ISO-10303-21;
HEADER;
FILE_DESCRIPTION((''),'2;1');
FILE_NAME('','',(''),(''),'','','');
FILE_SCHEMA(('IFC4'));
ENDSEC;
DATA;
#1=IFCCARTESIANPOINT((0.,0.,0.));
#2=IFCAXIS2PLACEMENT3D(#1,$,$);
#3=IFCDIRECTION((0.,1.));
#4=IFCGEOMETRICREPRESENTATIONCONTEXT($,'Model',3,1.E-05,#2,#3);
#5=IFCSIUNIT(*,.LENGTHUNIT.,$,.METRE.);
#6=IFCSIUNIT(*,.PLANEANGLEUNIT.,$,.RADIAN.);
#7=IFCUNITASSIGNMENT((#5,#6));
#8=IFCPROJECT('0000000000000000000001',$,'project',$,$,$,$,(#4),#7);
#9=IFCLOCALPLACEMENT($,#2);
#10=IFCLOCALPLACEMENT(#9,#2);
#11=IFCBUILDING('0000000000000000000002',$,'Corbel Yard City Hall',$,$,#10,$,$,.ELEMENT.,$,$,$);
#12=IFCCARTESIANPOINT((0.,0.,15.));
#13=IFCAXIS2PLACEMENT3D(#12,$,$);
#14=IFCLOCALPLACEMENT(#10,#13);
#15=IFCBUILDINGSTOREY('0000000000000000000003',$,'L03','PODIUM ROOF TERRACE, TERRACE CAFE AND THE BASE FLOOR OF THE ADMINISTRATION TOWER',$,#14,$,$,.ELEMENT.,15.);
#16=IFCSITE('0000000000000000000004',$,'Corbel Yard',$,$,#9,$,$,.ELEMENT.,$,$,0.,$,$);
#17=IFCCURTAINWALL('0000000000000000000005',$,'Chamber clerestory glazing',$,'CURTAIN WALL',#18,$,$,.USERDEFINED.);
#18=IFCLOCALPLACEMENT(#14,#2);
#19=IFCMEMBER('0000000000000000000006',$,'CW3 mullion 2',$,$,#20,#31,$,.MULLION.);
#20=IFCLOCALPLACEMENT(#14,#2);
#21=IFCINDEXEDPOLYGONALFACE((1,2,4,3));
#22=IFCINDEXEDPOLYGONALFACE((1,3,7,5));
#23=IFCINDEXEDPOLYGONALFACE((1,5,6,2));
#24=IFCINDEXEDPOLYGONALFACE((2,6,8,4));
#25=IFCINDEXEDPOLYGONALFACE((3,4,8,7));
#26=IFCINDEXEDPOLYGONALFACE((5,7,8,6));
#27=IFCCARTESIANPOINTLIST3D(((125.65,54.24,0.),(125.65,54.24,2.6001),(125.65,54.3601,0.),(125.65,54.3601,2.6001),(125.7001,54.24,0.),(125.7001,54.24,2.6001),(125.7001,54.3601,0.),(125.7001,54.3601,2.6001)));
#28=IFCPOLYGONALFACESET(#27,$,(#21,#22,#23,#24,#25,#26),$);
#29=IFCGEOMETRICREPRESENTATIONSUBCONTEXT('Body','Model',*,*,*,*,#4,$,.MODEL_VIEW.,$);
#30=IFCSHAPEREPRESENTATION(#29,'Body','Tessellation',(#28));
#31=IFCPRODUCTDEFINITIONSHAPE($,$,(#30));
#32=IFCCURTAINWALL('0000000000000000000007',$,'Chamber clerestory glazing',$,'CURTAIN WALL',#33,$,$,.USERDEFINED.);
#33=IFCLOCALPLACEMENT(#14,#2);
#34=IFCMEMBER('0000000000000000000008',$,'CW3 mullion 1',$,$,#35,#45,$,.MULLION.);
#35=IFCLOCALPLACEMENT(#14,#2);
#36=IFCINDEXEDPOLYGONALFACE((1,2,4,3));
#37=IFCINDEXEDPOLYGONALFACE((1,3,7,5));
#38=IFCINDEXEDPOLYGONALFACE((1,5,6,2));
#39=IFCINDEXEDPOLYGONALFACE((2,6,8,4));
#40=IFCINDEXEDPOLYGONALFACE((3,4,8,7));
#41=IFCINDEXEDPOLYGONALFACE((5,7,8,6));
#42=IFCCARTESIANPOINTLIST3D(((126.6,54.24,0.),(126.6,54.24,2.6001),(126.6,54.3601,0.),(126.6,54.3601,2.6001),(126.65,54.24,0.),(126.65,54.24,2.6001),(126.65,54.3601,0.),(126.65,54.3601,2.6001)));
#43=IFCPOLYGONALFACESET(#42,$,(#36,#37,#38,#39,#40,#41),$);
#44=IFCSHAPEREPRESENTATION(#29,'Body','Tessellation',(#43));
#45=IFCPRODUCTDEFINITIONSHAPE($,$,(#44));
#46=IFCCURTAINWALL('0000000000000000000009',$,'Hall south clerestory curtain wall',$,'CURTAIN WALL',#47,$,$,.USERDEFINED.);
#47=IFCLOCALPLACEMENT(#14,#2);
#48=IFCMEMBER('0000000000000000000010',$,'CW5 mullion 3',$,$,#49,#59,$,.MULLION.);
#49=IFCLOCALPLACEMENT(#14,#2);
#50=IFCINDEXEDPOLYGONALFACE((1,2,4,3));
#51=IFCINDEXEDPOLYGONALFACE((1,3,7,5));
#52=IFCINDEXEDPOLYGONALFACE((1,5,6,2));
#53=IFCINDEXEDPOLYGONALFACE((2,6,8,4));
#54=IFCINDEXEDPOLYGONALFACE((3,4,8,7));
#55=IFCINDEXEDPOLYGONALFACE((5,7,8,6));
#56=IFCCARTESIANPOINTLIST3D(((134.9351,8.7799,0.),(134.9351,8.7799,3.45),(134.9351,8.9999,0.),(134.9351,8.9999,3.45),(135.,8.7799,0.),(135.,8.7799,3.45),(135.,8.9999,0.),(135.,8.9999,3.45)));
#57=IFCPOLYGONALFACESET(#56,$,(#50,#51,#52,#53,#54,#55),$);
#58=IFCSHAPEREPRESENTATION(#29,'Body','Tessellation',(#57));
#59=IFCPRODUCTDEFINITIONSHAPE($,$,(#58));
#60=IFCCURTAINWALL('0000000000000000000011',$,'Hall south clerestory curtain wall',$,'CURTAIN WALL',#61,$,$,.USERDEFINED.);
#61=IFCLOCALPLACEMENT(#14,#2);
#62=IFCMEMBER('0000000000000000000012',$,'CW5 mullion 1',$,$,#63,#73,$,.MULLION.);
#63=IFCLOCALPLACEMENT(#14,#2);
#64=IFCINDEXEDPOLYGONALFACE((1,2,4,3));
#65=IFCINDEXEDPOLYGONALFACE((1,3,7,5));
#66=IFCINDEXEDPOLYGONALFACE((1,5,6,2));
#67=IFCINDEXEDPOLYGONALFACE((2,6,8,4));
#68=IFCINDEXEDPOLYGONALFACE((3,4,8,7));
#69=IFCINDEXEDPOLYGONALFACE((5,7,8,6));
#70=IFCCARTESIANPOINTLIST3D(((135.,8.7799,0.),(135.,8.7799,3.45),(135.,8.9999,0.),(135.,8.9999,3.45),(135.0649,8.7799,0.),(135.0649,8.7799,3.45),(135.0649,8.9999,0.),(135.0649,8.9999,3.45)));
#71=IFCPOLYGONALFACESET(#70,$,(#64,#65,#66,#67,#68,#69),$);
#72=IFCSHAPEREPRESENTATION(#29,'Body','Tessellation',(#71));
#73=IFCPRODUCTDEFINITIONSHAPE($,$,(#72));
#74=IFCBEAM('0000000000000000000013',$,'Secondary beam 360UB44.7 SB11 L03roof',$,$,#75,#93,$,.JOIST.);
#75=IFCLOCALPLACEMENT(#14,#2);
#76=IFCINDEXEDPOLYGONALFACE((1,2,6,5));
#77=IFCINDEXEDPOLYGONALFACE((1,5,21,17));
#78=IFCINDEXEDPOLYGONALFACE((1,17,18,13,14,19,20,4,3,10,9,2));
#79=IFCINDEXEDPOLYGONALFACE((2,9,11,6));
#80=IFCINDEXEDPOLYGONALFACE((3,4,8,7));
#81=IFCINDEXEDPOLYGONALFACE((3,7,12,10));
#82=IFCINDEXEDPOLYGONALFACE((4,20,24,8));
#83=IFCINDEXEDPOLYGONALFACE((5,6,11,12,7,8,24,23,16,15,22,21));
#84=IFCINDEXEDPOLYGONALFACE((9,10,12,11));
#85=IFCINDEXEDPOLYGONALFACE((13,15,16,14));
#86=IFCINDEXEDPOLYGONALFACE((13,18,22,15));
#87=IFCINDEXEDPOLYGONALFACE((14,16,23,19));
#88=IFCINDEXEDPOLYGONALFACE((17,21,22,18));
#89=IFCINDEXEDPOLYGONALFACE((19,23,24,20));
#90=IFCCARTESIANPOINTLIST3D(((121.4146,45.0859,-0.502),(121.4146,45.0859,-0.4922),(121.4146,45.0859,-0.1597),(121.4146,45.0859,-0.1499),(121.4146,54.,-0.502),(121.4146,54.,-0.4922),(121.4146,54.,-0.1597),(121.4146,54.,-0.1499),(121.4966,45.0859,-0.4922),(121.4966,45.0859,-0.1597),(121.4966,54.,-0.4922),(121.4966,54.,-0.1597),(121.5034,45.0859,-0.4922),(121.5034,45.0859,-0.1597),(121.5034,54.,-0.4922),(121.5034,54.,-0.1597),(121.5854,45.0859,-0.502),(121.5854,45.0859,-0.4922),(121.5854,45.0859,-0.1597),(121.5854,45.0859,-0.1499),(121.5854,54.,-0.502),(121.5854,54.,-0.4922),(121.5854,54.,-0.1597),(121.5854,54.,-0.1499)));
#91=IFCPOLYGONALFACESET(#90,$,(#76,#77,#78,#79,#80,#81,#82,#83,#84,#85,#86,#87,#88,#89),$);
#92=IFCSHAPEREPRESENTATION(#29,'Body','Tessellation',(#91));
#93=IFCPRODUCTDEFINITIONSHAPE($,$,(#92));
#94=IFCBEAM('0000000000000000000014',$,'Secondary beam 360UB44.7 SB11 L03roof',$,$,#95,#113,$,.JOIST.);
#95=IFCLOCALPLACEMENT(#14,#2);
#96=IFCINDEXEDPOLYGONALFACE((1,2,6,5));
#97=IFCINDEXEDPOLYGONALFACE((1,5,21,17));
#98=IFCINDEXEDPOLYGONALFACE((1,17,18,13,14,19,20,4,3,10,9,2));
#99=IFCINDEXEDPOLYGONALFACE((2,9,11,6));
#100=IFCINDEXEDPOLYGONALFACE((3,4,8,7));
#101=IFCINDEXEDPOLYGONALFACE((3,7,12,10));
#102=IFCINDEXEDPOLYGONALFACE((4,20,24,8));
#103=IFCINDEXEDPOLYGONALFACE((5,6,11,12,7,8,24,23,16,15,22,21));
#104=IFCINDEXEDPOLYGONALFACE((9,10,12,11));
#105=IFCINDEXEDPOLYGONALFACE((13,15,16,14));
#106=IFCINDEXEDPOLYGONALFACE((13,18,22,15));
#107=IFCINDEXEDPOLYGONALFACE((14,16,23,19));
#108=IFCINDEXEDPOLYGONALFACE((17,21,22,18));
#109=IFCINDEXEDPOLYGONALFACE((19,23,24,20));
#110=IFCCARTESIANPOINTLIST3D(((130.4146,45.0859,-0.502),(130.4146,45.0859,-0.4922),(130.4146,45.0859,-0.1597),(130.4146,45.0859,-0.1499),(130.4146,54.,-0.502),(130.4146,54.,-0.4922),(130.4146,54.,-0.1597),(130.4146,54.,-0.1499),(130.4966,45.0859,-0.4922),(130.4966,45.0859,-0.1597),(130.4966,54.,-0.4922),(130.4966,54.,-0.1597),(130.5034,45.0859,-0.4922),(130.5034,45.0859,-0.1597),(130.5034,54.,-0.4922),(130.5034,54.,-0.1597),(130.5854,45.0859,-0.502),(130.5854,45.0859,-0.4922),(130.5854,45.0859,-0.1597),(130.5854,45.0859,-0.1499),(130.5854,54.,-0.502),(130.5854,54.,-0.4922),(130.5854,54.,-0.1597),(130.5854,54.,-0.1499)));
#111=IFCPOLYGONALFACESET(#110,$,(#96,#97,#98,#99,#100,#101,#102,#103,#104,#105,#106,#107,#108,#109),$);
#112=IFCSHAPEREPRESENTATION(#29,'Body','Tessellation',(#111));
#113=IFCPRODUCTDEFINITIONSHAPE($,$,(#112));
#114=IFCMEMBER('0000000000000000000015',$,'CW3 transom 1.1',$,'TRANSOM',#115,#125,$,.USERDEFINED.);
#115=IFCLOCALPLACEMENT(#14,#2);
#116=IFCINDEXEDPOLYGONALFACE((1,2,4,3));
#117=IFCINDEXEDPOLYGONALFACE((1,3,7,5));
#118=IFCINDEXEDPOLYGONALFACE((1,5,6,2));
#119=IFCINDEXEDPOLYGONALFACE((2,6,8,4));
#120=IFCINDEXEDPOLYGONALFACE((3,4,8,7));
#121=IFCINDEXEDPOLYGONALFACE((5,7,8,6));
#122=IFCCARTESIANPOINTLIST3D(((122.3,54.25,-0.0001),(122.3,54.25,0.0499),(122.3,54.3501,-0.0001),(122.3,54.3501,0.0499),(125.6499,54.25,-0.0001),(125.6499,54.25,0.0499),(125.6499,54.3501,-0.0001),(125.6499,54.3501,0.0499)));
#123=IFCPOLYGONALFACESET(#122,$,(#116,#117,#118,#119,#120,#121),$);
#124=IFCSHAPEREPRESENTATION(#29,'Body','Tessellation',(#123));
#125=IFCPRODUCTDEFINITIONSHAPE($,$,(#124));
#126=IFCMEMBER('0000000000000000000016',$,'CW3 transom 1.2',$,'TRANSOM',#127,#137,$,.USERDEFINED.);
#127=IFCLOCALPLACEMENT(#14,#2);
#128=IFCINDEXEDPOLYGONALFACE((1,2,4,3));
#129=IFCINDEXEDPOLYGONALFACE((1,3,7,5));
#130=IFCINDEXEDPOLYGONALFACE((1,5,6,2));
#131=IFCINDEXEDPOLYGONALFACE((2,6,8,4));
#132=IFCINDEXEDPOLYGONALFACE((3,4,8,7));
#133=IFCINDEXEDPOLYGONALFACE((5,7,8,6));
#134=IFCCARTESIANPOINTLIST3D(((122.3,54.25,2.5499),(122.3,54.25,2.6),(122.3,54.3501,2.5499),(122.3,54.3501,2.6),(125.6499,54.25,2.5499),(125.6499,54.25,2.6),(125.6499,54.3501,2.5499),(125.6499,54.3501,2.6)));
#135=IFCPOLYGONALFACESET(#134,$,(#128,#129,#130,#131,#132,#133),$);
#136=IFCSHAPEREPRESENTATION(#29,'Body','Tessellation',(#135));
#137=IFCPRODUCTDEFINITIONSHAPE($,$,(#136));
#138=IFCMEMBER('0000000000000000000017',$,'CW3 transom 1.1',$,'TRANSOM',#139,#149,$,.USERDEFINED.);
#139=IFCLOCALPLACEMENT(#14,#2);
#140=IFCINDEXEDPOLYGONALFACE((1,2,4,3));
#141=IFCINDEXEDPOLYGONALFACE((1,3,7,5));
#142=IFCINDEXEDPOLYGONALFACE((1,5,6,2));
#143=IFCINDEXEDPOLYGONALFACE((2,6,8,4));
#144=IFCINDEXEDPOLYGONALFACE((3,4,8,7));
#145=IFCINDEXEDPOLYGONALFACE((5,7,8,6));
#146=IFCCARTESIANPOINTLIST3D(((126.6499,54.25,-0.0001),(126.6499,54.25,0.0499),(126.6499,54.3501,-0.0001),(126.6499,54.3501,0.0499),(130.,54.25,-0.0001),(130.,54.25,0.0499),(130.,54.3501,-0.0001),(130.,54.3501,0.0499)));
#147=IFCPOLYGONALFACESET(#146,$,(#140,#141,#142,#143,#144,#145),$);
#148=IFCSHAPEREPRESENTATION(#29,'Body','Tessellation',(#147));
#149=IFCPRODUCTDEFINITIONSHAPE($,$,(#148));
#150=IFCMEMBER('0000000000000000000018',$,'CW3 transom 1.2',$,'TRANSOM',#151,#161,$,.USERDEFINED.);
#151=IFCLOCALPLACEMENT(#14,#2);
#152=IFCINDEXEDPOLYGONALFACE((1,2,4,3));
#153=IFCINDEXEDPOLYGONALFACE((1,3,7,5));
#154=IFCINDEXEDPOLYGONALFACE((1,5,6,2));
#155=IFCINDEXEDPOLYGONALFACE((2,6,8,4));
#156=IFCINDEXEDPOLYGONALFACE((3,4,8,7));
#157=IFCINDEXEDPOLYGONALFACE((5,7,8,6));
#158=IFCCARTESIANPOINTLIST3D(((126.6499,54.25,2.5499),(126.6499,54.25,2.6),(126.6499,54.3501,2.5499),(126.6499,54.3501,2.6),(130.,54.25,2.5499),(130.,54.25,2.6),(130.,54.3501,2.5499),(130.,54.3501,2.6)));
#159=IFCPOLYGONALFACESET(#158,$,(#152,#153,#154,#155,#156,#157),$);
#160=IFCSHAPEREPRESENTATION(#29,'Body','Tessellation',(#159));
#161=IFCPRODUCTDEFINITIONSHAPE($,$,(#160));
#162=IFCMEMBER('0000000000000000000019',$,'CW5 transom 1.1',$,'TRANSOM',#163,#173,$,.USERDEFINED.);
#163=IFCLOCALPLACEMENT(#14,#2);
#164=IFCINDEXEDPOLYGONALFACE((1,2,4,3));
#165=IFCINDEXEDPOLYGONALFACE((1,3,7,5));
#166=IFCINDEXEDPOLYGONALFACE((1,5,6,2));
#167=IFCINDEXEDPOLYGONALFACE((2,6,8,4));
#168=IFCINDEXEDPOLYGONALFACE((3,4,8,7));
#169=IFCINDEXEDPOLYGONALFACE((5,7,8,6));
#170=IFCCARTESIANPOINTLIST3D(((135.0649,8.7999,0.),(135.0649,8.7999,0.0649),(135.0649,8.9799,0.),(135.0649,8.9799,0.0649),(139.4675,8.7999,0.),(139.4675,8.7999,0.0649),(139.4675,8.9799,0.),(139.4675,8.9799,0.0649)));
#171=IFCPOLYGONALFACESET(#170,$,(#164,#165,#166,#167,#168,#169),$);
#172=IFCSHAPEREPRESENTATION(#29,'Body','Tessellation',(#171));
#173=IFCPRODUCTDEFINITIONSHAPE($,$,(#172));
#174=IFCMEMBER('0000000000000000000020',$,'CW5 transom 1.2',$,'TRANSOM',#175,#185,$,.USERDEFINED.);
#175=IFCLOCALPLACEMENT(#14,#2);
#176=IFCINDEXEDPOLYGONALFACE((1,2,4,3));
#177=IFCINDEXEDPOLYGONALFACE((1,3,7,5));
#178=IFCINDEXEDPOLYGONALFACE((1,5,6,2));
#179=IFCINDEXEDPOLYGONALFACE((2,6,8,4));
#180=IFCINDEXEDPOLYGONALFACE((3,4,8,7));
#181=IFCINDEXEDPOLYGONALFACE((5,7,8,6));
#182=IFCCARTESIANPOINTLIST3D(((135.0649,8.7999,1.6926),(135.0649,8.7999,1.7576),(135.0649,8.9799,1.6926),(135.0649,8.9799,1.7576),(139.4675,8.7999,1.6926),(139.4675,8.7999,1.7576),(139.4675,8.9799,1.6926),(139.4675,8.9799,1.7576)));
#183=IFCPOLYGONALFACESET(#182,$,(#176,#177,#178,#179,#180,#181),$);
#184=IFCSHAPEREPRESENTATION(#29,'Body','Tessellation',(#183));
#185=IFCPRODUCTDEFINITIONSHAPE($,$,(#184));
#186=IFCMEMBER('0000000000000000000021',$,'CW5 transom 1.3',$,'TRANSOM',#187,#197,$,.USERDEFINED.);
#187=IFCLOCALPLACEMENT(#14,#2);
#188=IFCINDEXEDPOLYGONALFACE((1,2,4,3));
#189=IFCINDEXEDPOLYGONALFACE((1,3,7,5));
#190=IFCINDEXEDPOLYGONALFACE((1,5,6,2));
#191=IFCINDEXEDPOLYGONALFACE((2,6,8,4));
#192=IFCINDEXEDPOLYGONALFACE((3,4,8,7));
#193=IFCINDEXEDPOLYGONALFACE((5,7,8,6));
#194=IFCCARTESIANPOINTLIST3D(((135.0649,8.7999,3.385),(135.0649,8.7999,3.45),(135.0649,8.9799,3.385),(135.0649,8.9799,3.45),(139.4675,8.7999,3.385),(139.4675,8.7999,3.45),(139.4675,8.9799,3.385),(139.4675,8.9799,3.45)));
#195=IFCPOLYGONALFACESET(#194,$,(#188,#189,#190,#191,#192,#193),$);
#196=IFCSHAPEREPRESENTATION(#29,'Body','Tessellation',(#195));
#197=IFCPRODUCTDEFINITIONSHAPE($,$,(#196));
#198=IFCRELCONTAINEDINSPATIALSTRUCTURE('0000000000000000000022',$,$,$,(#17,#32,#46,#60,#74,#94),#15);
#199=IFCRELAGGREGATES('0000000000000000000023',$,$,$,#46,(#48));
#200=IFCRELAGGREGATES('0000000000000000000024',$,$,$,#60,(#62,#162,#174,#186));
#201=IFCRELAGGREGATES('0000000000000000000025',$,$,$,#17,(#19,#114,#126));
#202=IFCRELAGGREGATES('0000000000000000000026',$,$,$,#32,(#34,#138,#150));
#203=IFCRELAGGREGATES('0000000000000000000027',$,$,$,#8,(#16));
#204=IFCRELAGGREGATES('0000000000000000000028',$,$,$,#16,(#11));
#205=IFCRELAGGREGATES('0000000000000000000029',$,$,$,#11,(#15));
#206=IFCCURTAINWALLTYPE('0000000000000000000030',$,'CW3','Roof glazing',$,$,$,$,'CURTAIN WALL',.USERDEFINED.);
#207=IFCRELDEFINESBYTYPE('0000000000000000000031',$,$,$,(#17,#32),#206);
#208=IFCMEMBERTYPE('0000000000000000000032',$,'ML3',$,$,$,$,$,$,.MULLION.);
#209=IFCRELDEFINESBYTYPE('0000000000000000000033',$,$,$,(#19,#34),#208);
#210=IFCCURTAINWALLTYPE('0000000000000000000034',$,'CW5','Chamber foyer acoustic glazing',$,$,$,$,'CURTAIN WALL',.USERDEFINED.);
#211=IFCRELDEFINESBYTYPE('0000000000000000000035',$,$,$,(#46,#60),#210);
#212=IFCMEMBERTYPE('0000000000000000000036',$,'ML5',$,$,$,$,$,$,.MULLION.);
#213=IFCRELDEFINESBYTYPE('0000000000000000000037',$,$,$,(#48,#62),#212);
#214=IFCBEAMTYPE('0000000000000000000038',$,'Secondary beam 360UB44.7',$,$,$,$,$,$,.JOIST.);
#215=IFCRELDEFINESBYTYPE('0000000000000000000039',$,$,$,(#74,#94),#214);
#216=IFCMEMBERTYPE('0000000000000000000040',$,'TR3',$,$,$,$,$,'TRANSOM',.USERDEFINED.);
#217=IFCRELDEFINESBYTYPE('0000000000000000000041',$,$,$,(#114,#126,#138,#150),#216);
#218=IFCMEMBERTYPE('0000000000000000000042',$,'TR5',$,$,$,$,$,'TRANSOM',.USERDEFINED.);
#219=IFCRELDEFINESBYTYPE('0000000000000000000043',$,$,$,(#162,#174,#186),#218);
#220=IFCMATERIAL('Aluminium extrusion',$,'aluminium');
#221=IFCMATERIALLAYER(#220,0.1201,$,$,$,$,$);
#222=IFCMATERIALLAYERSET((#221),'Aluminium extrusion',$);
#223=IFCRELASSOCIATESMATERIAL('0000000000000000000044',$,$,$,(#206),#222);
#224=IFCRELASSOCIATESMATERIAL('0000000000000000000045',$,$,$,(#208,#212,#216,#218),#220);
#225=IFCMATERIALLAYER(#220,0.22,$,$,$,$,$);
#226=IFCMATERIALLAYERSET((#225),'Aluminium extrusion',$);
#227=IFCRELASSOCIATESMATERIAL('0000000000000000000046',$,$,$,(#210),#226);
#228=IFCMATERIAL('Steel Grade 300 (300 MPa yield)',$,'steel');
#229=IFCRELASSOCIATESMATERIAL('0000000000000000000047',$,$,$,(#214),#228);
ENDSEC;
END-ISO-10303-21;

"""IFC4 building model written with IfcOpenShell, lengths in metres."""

from ifc_helpers import new_model, si_unit, direction, frame, origin, origin_2d, place, context, subcontext, project, spatial, rectangle, i_section, extrude, material, layer, layer_set, material_profile, profile_set, type_object, element, aggregate, save


model = new_model("IFC4")

# Units and contexts
model_context = context("Model", 3, precision=1e-05, world=origin(), true_north=direction((0.0, 1.0)))
body_context = subcontext(model_context, "Body", "Model", "MODEL_VIEW")
ifc_project = project(units=[si_unit("LENGTHUNIT", "METRE"), si_unit("PLANEANGLEUNIT", "RADIAN")], contexts=[model_context])

# Site, building, storey
site_placement = place(None, origin())
site = spatial("IfcSite", under=ifc_project, at=site_placement, Name="Corbel Yard", CompositionType="ELEMENT", RefElevation=0.0)
building_placement = place(site_placement, origin())
building = spatial("IfcBuilding", under=site, at=building_placement, Name="Corbel Yard City Hall", CompositionType="ELEMENT")
storey_placement = place(building_placement, frame((0.0, 0.0, 15.0)))
storey = spatial("IfcBuildingStorey", under=building, at=storey_placement, Name="L03", Description="PODIUM ROOF TERRACE, TERRACE CAFE AND THE BASE FLOOR OF THE ADMINISTRATION TOWER", CompositionType="ELEMENT", Elevation=15.0)

# Shared definitions
ifc_material_1 = material(Name="Steel Grade 300 (300 MPa yield)", Category="steel")

# Shared definitions
ifc_material_2 = material(Name="Aluminium extrusion", Category="aluminium")
ifc_layer_1 = layer(ifc_material_2, 0.1201)
ifc_layer_set_1 = layer_set([ifc_layer_1], Name="Aluminium extrusion")
curtain_wall_type_1 = type_object("IfcCurtainWallType", Name="CW3", Description="Roof glazing", ElementType="CURTAIN WALL", PredefinedType="USERDEFINED", material=ifc_layer_set_1)
ifc_material_profile_1 = material_profile(ifc_material_2, rectangle(XDim=0.1201, YDim=0.05, at=origin_2d()), Name="120x50")
ifc_profile_set_1 = profile_set([ifc_material_profile_1], Name="Aluminium extrusion")
member_type_1 = type_object("IfcMemberType", Name="ML3", PredefinedType="MULLION", material=ifc_profile_set_1)

# Curtain wall, member
curtain_wall_1_placement = place(storey_placement, origin())
curtain_wall_1 = element("IfcCurtainWall", 1, at=curtain_wall_1_placement, inside=storey, type_object=curtain_wall_type_1, Name="Chamber clerestory glazing", ObjectType="CURTAIN WALL", PredefinedType="USERDEFINED")
member_1_placement = place(storey_placement, frame((125.675, 54.3, 0.0), z_axis=(0.0, 0.0, 1.0), x_axis=(0.0, 1.0, 0.0)))
member_1 = element("IfcMember", 2, at=member_1_placement, type_object=member_type_1, Name="CW3 mullion 2", PredefinedType="MULLION", context=body_context, shape_type="SweptSolid", body=[
    extrude(rectangle(XDim=0.1201, YDim=0.05, at=origin_2d()), origin(), (0.0, 0.0, 1.0), 2.6001),
])

# Curtain walls, members
curtain_wall_2_placement = place(storey_placement, origin())
curtain_wall_2 = element("IfcCurtainWall", 3, at=curtain_wall_2_placement, inside=storey, type_object=curtain_wall_type_1, Name="Chamber clerestory glazing", ObjectType="CURTAIN WALL", PredefinedType="USERDEFINED")
member_2_placement = place(storey_placement, frame((126.625, 54.3, 0.0), z_axis=(0.0, 0.0, 1.0), x_axis=(0.0, 1.0, 0.0)))
member_2 = element("IfcMember", 4, at=member_2_placement, type_object=member_type_1, Name="CW3 mullion 1", PredefinedType="MULLION", context=body_context, shape_type="SweptSolid", body=[
    extrude(rectangle(XDim=0.1201, YDim=0.05, at=origin_2d()), origin(), (0.0, 0.0, 1.0), 2.6001),
])
ifc_layer_2 = layer(ifc_material_2, 0.22)
ifc_layer_set_2 = layer_set([ifc_layer_2], Name="Aluminium extrusion")
curtain_wall_type_2 = type_object("IfcCurtainWallType", Name="CW5", Description="Chamber foyer acoustic glazing", ElementType="CURTAIN WALL", PredefinedType="USERDEFINED", material=ifc_layer_set_2)
curtain_wall_3_placement = place(storey_placement, origin())
curtain_wall_3 = element("IfcCurtainWall", 5, at=curtain_wall_3_placement, inside=storey, type_object=curtain_wall_type_2, Name="Hall south clerestory curtain wall", ObjectType="CURTAIN WALL", PredefinedType="USERDEFINED")
ifc_material_profile_2 = material_profile(ifc_material_2, rectangle(XDim=0.22, YDim=0.0649, at=origin_2d()), Name="220x65")
ifc_profile_set_2 = profile_set([ifc_material_profile_2], Name="Aluminium extrusion")
member_type_2 = type_object("IfcMemberType", Name="ML5", PredefinedType="MULLION", material=ifc_profile_set_2)
member_3_placement = place(storey_placement, frame((134.9675, 8.8899, 0.0), z_axis=(0.0, 0.0, 1.0), x_axis=(0.0, 1.0, 0.0)))
member_3 = element("IfcMember", 6, at=member_3_placement, type_object=member_type_2, Name="CW5 mullion 3", PredefinedType="MULLION", context=body_context, shape_type="SweptSolid", body=[
    extrude(rectangle(XDim=0.22, YDim=0.0649, at=origin_2d()), origin(), (0.0, 0.0, 1.0), 3.45),
])
aggregate(curtain_wall_3, [member_3])
curtain_wall_4_placement = place(storey_placement, origin())
curtain_wall_4 = element("IfcCurtainWall", 7, at=curtain_wall_4_placement, inside=storey, type_object=curtain_wall_type_2, Name="Hall south clerestory curtain wall", ObjectType="CURTAIN WALL", PredefinedType="USERDEFINED")
member_4_placement = place(storey_placement, frame((135.0325, 8.8899, 0.0), z_axis=(0.0, 0.0, 1.0), x_axis=(0.0, 1.0, 0.0)))
member_4 = element("IfcMember", 8, at=member_4_placement, type_object=member_type_2, Name="CW5 mullion 1", PredefinedType="MULLION", context=body_context, shape_type="SweptSolid", body=[
    extrude(rectangle(XDim=0.22, YDim=0.0649, at=origin_2d()), origin(), (0.0, 0.0, 1.0), 3.45),
])

# Beams
ifc_material_profile_3 = material_profile(ifc_material_1, i_section(OverallWidth=0.1709, OverallDepth=0.3521, WebThickness=0.0068, FlangeThickness=0.0098, at=origin_2d()), Name="360UB44.7")
ifc_profile_set_3 = profile_set([ifc_material_profile_3], Name="Steel Grade 300 (300 MPa yield)")
beam_type_1 = type_object("IfcBeamType", Name="Secondary beam 360UB44.7", PredefinedType="JOIST", material=ifc_profile_set_3)
for number, where, z_axis, x_axis, name in (
    (9, (121.5, 45.0859, -0.3259), (0.0, 1.0, 0.0), (-1.0, 0.0, 0.0), "Secondary beam 360UB44.7 SB11 L03roof"),
    (10, (130.5, 45.0859, -0.3259), (0.0, 1.0, 0.0), (-1.0, 0.0, 0.0), "Secondary beam 360UB44.7 SB11 L03roof"),
):
    element("IfcBeam", number, at=place(storey_placement, frame(where, z_axis=z_axis, x_axis=x_axis)), inside=storey, type_object=beam_type_1, Name=name, PredefinedType="JOIST", context=body_context, shape_type="SweptSolid", body=[
        extrude(i_section(OverallWidth=0.1709, OverallDepth=0.3521, WebThickness=0.0068, FlangeThickness=0.0098, at=origin_2d()), origin(), (0.0, 0.0, 1.0), 8.9141),
    ])

# Members
ifc_material_profile_4 = material_profile(ifc_material_2, rectangle(XDim=0.1001, YDim=0.05, at=origin_2d()), Name="100x50")
ifc_profile_set_4 = profile_set([ifc_material_profile_4], Name="Aluminium extrusion")
member_type_3 = type_object("IfcMemberType", Name="TR3", ElementType="TRANSOM", PredefinedType="USERDEFINED", material=ifc_profile_set_4)
member_5_placement = place(storey_placement, frame((122.3, 54.3, 0.0249), z_axis=(1.0, 0.0, 0.0), x_axis=(0.0, 1.0, 0.0)))
member_5 = element("IfcMember", 11, at=member_5_placement, type_object=member_type_3, Name="CW3 transom 1.1", ObjectType="TRANSOM", PredefinedType="USERDEFINED", context=body_context, shape_type="SweptSolid", body=[
    extrude(rectangle(XDim=0.1001, YDim=0.05, at=origin_2d()), origin(), (0.0, 0.0, 1.0), 3.3499),
])
member_6_placement = place(storey_placement, frame((122.3, 54.3, 2.575), z_axis=(1.0, 0.0, 0.0), x_axis=(0.0, 1.0, 0.0)))
member_6 = element("IfcMember", 12, at=member_6_placement, type_object=member_type_3, Name="CW3 transom 1.2", ObjectType="TRANSOM", PredefinedType="USERDEFINED", context=body_context, shape_type="SweptSolid", body=[
    extrude(rectangle(XDim=0.1001, YDim=0.05, at=origin_2d()), origin(), (0.0, 0.0, 1.0), 3.3499),
])
member_7_placement = place(storey_placement, frame((126.6499, 54.3, 0.0249), z_axis=(1.0, 0.0, 0.0), x_axis=(0.0, 1.0, 0.0)))
member_7 = element("IfcMember", 13, at=member_7_placement, type_object=member_type_3, Name="CW3 transom 1.1", ObjectType="TRANSOM", PredefinedType="USERDEFINED", context=body_context, shape_type="SweptSolid", body=[
    extrude(rectangle(XDim=0.1001, YDim=0.05, at=origin_2d()), origin(), (0.0, 0.0, 1.0), 3.3501),
])
member_8_placement = place(storey_placement, frame((126.6499, 54.3, 2.575), z_axis=(1.0, 0.0, 0.0), x_axis=(0.0, 1.0, 0.0)))
member_8 = element("IfcMember", 14, at=member_8_placement, type_object=member_type_3, Name="CW3 transom 1.2", ObjectType="TRANSOM", PredefinedType="USERDEFINED", context=body_context, shape_type="SweptSolid", body=[
    extrude(rectangle(XDim=0.1001, YDim=0.05, at=origin_2d()), origin(), (0.0, 0.0, 1.0), 3.3501),
])
ifc_material_profile_5 = material_profile(ifc_material_2, rectangle(XDim=0.1799, YDim=0.0649, at=origin_2d()), Name="180x65")
ifc_profile_set_5 = profile_set([ifc_material_profile_5], Name="Aluminium extrusion")
member_type_4 = type_object("IfcMemberType", Name="TR5", ElementType="TRANSOM", PredefinedType="USERDEFINED", material=ifc_profile_set_5)
member_9_placement = place(storey_placement, frame((135.0649, 8.8899, 0.0325), z_axis=(1.0, 0.0, 0.0), x_axis=(0.0, 1.0, 0.0)))
member_9 = element("IfcMember", 15, at=member_9_placement, type_object=member_type_4, Name="CW5 transom 1.1", ObjectType="TRANSOM", PredefinedType="USERDEFINED", context=body_context, shape_type="SweptSolid", body=[
    extrude(rectangle(XDim=0.1799, YDim=0.0649, at=origin_2d()), origin(), (0.0, 0.0, 1.0), 4.4026),
])
member_10_placement = place(storey_placement, frame((135.0649, 8.8899, 1.7251), z_axis=(1.0, 0.0, 0.0), x_axis=(0.0, 1.0, 0.0)))
member_10 = element("IfcMember", 16, at=member_10_placement, type_object=member_type_4, Name="CW5 transom 1.2", ObjectType="TRANSOM", PredefinedType="USERDEFINED", context=body_context, shape_type="SweptSolid", body=[
    extrude(rectangle(XDim=0.1799, YDim=0.0649, at=origin_2d()), origin(), (0.0, 0.0, 1.0), 4.4026),
])
member_11_placement = place(storey_placement, frame((135.0649, 8.8899, 3.4175), z_axis=(1.0, 0.0, 0.0), x_axis=(0.0, 1.0, 0.0)))
member_11 = element("IfcMember", 17, at=member_11_placement, type_object=member_type_4, Name="CW5 transom 1.3", ObjectType="TRANSOM", PredefinedType="USERDEFINED", context=body_context, shape_type="SweptSolid", body=[
    extrude(rectangle(XDim=0.1799, YDim=0.0649, at=origin_2d()), origin(), (0.0, 0.0, 1.0), 4.4026),
])
aggregate(curtain_wall_4, [member_4, member_9, member_10, member_11])

aggregate(curtain_wall_1, [member_1, member_5, member_6])
aggregate(curtain_wall_2, [member_2, member_7, member_8])

save(model, "model.ifc")
